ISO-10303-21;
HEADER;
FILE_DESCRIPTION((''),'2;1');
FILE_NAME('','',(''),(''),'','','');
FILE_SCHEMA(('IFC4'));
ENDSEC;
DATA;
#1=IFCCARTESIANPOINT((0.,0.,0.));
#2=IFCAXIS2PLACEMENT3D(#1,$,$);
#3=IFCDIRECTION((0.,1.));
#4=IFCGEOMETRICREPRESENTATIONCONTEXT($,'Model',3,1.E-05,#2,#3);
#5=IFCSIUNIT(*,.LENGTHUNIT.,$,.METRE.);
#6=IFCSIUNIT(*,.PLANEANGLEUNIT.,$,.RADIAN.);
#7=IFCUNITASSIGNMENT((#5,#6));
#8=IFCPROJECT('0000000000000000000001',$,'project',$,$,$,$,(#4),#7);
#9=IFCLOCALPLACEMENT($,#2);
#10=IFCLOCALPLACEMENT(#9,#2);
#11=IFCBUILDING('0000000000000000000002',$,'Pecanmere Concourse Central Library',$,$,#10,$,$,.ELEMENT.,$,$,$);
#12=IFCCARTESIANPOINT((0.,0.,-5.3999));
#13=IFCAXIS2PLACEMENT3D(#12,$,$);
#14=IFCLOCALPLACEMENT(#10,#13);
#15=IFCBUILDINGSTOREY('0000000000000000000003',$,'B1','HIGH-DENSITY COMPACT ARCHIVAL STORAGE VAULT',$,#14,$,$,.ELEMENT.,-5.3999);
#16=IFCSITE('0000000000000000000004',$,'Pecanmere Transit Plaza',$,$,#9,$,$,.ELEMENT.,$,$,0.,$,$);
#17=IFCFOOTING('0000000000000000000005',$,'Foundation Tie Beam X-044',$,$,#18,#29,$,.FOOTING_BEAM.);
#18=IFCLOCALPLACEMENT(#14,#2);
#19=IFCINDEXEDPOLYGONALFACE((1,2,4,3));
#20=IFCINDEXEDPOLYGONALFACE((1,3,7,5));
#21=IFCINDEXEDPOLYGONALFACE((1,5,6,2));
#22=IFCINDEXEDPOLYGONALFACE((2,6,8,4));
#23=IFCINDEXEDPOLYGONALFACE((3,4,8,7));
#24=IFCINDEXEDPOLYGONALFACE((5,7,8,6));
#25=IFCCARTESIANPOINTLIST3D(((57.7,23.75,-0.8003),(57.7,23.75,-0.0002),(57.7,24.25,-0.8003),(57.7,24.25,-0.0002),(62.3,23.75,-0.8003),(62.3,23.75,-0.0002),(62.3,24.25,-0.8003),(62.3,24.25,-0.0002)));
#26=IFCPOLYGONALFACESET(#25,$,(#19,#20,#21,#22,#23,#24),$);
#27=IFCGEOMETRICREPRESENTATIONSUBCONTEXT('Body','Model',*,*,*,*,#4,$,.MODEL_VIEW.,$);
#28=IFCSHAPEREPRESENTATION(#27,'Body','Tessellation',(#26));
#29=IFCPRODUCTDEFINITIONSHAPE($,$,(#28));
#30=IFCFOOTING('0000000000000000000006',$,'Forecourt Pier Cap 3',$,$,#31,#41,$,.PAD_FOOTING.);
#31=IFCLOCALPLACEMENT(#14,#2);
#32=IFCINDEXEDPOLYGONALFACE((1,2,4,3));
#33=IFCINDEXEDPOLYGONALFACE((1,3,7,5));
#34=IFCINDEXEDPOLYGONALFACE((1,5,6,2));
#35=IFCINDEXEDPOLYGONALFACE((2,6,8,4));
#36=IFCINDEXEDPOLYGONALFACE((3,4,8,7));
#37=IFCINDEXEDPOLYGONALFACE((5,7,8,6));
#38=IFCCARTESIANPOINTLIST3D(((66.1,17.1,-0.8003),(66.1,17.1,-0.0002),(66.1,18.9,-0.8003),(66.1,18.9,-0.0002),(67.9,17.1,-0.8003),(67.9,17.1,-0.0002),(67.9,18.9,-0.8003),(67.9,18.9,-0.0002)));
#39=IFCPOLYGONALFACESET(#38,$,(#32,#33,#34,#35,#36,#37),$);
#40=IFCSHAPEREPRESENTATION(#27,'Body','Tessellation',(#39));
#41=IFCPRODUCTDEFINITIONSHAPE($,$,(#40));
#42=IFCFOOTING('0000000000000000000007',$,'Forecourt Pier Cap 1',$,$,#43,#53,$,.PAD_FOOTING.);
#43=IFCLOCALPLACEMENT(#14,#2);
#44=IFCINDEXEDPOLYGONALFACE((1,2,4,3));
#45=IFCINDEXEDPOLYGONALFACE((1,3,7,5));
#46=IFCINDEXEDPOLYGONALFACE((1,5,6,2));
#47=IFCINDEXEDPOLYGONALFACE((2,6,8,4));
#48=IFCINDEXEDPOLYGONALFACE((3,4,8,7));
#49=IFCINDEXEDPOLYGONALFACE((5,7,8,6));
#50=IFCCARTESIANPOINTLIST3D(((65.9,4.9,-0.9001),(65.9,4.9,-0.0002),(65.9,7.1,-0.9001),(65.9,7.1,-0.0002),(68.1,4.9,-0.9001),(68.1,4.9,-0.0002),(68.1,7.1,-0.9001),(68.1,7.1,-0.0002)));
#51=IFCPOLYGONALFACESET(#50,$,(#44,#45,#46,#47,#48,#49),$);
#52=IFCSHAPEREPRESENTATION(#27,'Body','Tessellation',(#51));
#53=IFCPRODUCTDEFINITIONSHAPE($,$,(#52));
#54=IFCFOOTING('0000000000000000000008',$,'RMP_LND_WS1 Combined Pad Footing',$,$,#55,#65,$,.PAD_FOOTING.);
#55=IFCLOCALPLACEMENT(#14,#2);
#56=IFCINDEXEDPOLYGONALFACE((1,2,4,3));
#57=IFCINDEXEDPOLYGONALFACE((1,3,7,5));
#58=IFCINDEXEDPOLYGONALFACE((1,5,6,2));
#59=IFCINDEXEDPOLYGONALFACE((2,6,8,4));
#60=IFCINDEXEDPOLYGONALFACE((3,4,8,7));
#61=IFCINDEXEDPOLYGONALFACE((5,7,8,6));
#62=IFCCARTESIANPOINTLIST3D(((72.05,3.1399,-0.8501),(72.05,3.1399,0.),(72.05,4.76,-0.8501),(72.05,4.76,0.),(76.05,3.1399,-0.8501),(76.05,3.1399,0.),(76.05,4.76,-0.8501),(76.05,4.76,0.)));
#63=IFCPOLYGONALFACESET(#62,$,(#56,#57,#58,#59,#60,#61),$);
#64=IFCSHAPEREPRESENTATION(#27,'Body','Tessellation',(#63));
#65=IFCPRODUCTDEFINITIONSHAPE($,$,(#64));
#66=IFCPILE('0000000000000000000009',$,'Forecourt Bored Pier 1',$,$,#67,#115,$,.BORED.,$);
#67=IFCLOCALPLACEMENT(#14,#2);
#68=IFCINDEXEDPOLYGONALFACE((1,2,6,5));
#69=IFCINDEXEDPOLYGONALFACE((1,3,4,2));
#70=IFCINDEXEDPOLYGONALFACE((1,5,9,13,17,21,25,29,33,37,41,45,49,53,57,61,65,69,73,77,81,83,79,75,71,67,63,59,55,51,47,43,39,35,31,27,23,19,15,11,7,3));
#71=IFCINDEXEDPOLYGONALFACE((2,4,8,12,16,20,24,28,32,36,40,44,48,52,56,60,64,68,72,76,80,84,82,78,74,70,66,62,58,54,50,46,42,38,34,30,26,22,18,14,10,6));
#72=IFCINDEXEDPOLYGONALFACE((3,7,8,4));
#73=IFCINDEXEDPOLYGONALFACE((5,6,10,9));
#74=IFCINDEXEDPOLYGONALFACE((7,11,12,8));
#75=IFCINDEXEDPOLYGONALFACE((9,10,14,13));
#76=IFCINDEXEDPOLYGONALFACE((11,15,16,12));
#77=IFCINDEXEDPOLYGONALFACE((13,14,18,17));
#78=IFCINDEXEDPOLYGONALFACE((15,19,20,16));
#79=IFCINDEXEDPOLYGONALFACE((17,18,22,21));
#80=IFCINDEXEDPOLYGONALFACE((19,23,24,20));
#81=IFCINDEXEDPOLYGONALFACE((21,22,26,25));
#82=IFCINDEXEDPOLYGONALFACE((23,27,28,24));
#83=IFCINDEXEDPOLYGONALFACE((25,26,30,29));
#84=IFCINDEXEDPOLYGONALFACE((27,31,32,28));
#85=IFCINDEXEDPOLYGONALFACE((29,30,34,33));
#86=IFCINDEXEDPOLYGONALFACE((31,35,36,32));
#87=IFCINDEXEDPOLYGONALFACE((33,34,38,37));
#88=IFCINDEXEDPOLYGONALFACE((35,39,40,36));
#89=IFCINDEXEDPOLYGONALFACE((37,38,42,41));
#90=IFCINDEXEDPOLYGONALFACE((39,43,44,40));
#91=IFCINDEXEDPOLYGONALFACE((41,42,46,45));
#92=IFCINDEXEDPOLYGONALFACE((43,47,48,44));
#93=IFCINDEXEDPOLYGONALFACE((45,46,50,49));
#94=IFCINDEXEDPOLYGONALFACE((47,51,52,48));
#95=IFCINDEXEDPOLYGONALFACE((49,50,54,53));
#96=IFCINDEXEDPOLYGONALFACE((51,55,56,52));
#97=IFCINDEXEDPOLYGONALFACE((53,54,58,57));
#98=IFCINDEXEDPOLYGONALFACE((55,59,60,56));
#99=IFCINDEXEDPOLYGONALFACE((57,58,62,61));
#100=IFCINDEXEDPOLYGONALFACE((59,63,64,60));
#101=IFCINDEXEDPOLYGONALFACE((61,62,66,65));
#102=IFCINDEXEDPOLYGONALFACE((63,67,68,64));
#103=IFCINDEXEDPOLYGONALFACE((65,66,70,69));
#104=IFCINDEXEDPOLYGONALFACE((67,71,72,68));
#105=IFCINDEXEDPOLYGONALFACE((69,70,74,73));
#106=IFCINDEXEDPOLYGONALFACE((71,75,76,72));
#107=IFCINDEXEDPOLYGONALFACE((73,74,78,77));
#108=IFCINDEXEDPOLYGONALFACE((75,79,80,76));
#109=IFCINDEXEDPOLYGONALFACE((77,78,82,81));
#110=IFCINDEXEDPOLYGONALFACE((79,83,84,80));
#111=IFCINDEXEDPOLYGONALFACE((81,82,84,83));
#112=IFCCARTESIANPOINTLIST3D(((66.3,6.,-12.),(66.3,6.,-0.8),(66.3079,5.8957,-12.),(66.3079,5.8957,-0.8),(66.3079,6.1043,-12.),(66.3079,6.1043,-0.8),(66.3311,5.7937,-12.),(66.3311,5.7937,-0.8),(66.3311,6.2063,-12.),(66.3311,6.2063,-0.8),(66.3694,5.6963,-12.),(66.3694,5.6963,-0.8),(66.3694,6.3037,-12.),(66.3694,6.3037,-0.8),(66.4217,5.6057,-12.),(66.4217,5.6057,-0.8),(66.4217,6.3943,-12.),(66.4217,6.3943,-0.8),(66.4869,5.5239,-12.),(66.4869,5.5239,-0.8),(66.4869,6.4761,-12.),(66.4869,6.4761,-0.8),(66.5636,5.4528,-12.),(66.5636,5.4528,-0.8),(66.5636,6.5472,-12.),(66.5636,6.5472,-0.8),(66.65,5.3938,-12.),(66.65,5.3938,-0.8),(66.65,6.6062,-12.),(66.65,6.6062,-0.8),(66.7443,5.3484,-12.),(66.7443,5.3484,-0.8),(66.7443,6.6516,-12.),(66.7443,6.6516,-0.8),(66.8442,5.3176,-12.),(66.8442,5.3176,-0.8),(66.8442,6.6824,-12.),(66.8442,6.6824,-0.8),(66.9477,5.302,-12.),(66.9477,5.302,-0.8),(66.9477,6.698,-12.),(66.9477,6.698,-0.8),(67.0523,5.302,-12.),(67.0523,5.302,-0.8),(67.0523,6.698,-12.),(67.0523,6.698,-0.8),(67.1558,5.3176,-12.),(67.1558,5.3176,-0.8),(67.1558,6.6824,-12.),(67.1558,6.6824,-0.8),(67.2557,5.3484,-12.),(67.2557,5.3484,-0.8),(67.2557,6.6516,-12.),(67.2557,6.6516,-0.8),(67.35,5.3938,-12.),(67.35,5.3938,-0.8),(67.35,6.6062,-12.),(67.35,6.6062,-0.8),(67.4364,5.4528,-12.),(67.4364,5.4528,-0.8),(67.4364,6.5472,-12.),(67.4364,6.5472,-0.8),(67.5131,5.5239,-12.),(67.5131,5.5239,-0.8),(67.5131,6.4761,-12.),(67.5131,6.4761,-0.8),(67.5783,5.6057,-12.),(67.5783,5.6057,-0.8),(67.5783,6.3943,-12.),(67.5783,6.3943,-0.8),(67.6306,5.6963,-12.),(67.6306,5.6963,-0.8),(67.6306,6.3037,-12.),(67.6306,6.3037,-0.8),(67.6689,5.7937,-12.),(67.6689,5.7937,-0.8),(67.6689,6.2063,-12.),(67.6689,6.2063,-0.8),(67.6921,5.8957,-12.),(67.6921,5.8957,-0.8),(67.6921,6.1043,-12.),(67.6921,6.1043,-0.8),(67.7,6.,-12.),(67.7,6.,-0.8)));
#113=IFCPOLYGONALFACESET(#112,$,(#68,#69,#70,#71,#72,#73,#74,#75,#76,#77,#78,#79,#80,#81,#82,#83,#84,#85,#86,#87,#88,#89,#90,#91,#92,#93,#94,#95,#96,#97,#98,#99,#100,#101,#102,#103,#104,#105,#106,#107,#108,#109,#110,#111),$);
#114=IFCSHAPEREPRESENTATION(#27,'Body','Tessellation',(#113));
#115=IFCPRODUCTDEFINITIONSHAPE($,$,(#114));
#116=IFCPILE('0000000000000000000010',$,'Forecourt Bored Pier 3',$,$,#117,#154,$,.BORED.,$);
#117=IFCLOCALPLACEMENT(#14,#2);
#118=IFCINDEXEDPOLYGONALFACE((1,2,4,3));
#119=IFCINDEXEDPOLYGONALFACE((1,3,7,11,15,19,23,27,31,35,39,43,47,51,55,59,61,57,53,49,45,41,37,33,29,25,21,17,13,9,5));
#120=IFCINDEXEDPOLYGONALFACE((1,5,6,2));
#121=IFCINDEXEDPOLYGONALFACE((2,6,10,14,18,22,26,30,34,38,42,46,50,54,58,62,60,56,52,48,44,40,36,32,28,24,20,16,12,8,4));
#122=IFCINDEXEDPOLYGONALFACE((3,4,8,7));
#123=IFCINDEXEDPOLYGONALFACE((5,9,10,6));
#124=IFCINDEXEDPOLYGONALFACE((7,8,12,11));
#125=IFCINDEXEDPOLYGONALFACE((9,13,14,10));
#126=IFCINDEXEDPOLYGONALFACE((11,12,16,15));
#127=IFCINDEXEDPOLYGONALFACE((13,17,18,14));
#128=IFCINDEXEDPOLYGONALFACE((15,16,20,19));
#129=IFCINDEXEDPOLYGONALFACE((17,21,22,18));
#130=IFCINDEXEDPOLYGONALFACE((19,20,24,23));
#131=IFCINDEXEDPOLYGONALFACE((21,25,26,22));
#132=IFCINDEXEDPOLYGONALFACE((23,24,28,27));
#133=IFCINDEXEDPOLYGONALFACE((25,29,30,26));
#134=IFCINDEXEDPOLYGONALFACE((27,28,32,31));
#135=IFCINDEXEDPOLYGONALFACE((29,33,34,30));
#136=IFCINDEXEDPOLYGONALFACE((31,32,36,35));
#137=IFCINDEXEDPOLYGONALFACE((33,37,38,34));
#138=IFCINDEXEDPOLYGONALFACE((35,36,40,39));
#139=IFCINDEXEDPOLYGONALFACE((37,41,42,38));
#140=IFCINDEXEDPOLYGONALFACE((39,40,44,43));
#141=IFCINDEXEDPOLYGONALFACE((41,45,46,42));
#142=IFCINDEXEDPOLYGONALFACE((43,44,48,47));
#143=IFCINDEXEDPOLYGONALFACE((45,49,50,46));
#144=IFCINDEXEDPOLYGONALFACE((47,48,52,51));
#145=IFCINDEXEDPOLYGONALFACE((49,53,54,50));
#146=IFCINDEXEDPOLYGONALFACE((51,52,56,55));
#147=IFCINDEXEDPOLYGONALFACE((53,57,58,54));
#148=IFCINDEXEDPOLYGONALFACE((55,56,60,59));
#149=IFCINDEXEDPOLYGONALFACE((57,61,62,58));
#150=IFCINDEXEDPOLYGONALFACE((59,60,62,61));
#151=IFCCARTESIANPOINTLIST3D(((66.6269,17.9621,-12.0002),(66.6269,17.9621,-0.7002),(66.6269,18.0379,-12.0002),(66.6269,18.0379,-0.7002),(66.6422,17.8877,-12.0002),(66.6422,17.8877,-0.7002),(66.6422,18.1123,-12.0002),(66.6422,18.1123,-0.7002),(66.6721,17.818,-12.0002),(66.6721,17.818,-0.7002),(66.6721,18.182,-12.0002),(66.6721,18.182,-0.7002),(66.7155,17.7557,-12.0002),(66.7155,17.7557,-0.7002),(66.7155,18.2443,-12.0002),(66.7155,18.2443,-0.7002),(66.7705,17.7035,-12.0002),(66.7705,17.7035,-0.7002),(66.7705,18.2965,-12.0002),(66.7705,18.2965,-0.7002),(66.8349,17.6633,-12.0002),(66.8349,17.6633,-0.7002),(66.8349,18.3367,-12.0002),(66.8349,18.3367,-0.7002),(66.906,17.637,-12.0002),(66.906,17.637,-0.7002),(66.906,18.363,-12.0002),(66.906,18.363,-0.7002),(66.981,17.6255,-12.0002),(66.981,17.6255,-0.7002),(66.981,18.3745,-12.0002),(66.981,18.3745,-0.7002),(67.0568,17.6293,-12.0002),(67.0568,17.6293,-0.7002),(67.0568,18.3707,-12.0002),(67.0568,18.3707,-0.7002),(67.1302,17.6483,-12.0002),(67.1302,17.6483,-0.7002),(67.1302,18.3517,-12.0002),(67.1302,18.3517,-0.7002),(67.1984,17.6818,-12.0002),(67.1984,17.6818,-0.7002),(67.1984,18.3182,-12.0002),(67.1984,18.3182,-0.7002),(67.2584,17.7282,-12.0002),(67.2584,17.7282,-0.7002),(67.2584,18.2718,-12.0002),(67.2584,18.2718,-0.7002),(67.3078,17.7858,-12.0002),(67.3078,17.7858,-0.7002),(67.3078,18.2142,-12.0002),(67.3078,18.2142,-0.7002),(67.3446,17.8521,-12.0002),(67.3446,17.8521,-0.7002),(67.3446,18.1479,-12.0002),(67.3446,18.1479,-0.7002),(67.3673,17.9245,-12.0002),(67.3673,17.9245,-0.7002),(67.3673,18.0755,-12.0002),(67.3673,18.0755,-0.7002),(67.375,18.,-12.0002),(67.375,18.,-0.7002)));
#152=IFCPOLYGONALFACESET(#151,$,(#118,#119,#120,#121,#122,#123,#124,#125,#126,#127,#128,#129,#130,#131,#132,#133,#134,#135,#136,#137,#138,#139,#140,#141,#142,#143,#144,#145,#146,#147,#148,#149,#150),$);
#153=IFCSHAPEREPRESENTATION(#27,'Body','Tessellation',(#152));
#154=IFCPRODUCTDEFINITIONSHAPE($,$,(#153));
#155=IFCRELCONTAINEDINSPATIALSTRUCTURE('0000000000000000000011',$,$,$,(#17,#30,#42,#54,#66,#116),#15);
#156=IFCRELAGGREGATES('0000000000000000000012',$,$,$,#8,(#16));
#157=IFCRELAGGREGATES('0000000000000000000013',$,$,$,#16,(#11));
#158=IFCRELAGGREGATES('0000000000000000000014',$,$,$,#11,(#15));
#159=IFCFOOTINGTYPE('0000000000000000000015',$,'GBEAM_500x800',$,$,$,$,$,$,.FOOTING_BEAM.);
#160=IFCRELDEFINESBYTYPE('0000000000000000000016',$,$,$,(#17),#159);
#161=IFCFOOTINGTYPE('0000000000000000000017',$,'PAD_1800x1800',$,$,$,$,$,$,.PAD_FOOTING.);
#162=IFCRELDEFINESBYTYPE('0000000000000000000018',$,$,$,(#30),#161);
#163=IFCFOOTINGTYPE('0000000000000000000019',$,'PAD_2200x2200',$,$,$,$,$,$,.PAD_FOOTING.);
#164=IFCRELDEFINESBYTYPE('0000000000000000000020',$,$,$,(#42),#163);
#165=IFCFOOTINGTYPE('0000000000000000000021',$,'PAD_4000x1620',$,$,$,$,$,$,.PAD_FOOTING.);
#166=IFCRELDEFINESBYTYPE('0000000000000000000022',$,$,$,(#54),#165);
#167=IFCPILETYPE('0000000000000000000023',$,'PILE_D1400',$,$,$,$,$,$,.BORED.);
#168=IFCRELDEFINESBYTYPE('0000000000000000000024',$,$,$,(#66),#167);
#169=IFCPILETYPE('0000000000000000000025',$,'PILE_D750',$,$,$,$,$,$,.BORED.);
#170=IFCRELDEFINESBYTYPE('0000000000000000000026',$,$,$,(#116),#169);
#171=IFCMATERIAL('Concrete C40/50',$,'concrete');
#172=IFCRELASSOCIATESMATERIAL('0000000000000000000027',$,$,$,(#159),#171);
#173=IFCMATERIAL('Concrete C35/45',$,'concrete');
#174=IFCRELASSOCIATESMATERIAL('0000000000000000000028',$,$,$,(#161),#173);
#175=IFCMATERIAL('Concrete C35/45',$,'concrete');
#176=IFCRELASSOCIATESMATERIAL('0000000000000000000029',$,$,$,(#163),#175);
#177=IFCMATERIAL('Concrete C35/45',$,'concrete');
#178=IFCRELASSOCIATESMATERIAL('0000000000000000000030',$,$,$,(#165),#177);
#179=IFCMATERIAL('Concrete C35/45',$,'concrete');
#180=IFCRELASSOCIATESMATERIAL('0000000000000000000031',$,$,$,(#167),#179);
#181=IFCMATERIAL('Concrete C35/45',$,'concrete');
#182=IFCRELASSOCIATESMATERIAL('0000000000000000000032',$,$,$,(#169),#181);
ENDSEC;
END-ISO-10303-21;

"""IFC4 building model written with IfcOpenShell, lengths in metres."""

from ifc_helpers import new_model, si_unit, direction, frame, origin, origin_2d, place, context, subcontext, project, spatial, rectangle, circle, extrude, material, material_profile, profile_set, type_object, element, save


model = new_model("IFC4")

# Units and contexts
model_context = context("Model", 3, precision=1e-05, world=origin(), true_north=direction((0.0, 1.0)))
body_context = subcontext(model_context, "Body", "Model", "MODEL_VIEW")
ifc_project = project(units=[si_unit("LENGTHUNIT", "METRE"), si_unit("PLANEANGLEUNIT", "RADIAN")], contexts=[model_context])

# Site, building, storey
site_placement = place(None, origin())
site = spatial("IfcSite", under=ifc_project, at=site_placement, Name="Pecanmere Transit Plaza", CompositionType="ELEMENT", RefElevation=0.0)
building_placement = place(site_placement, origin())
building = spatial("IfcBuilding", under=site, at=building_placement, Name="Pecanmere Concourse Central Library", CompositionType="ELEMENT")
storey_placement = place(building_placement, frame((0.0, 0.0, -5.3999)))
storey = spatial("IfcBuildingStorey", under=building, at=storey_placement, Name="B1", Description="HIGH-DENSITY COMPACT ARCHIVAL STORAGE VAULT", CompositionType="ELEMENT", Elevation=-5.3999)

# Footings
ifc_material_1 = material(Name="Concrete C40/50", Category="concrete")
ifc_material_profile_1 = material_profile(ifc_material_1, rectangle(XDim=0.5, YDim=0.8, at=origin_2d()), Name="RC 500x800")
ifc_profile_set_1 = profile_set([ifc_material_profile_1], Name="Concrete C40/50")
footing_type_1 = type_object("IfcFootingType", Name="GBEAM_500x800", PredefinedType="FOOTING_BEAM", material=ifc_profile_set_1)
footing_1_placement = place(storey_placement, frame((60.0, 24.0, -0.8003), z_axis=(0.0, 0.0, 1.0), x_axis=(1.0, 0.0, 0.0)))
element("IfcFooting", 1, at=footing_1_placement, inside=storey, type_object=footing_type_1, Name="Foundation Tie Beam X-044", PredefinedType="FOOTING_BEAM", context=body_context, shape_type="SweptSolid", body=[
    extrude(rectangle(XDim=4.6001, YDim=0.5, at=origin_2d()), origin(), (0.0, 0.0, 1.0), 0.8),
])
ifc_material_2 = material(Name="Concrete C35/45", Category="concrete")
footing_type_2 = type_object("IfcFootingType", Name="PAD_1800x1800", PredefinedType="PAD_FOOTING", material=ifc_material_2)
footing_2_placement = place(storey_placement, frame((67.0, 18.0, -0.8003), z_axis=(0.0, 0.0, 1.0), x_axis=(1.0, 0.0, 0.0)))
element("IfcFooting", 2, at=footing_2_placement, inside=storey, type_object=footing_type_2, Name="Forecourt Pier Cap 3", PredefinedType="PAD_FOOTING", context=body_context, shape_type="SweptSolid", body=[
    extrude(rectangle(XDim=1.8, YDim=1.8, at=origin_2d()), origin(), (0.0, 0.0, 1.0), 0.8),
])
ifc_material_3 = material(Name="Concrete C35/45", Category="concrete")
footing_type_3 = type_object("IfcFootingType", Name="PAD_2200x2200", PredefinedType="PAD_FOOTING", material=ifc_material_3)
footing_3_placement = place(storey_placement, frame((67.0, 6.0, -0.9001), z_axis=(0.0, 0.0, 1.0), x_axis=(1.0, 0.0, 0.0)))
element("IfcFooting", 3, at=footing_3_placement, inside=storey, type_object=footing_type_3, Name="Forecourt Pier Cap 1", PredefinedType="PAD_FOOTING", context=body_context, shape_type="SweptSolid", body=[
    extrude(rectangle(XDim=2.2, YDim=2.2, at=origin_2d()), origin(), (0.0, 0.0, 1.0), 0.8999),
])
ifc_material_4 = material(Name="Concrete C35/45", Category="concrete")
footing_type_4 = type_object("IfcFootingType", Name="PAD_4000x1620", PredefinedType="PAD_FOOTING", material=ifc_material_4)
footing_4_placement = place(storey_placement, frame((74.05, 3.95, -0.8501), z_axis=(0.0, 0.0, 1.0), x_axis=(1.0, 0.0, 0.0)))
element("IfcFooting", 4, at=footing_4_placement, inside=storey, type_object=footing_type_4, Name="RMP_LND_WS1 Combined Pad Footing", PredefinedType="PAD_FOOTING", context=body_context, shape_type="SweptSolid", body=[
    extrude(rectangle(XDim=4.0, YDim=1.6201, at=origin_2d()), origin(), (0.0, 0.0, 1.0), 0.8501),
])

# Piles
ifc_material_5 = material(Name="Concrete C35/45", Category="concrete")
ifc_material_profile_2 = material_profile(ifc_material_5, circle(Radius=0.7, at=origin_2d()), Name="PIER D1400")
ifc_profile_set_2 = profile_set([ifc_material_profile_2], Name="Concrete C35/45")
pile_type_1 = type_object("IfcPileType", Name="PILE_D1400", PredefinedType="BORED", material=ifc_profile_set_2)
pile_1_placement = place(storey_placement, frame((67.0, 6.0, -0.8), z_axis=(0.0, 0.0, -1.0), x_axis=(1.0, 0.0, 0.0)))
element("IfcPile", 5, at=pile_1_placement, inside=storey, type_object=pile_type_1, Name="Forecourt Bored Pier 1", PredefinedType="BORED", context=body_context, shape_type="SweptSolid", body=[
    extrude(circle(Radius=0.7, at=origin_2d()), origin(), (0.0, 0.0, 1.0), 11.2),
])
ifc_material_6 = material(Name="Concrete C35/45", Category="concrete")
ifc_material_profile_3 = material_profile(ifc_material_6, circle(Radius=0.375, at=origin_2d()), Name="PIER D750")
ifc_profile_set_3 = profile_set([ifc_material_profile_3], Name="Concrete C35/45")
pile_type_2 = type_object("IfcPileType", Name="PILE_D750", PredefinedType="BORED", material=ifc_profile_set_3)
pile_2_placement = place(storey_placement, frame((67.0, 18.0, -0.7002), z_axis=(0.0, 0.0, -1.0), x_axis=(1.0, 0.0, 0.0)))
element("IfcPile", 6, at=pile_2_placement, inside=storey, type_object=pile_type_2, Name="Forecourt Bored Pier 3", PredefinedType="BORED", context=body_context, shape_type="SweptSolid", body=[
    extrude(circle(Radius=0.375, at=origin_2d()), origin(), (0.0, 0.0, 1.0), 11.3),
])

save(model, "model.ifc")
